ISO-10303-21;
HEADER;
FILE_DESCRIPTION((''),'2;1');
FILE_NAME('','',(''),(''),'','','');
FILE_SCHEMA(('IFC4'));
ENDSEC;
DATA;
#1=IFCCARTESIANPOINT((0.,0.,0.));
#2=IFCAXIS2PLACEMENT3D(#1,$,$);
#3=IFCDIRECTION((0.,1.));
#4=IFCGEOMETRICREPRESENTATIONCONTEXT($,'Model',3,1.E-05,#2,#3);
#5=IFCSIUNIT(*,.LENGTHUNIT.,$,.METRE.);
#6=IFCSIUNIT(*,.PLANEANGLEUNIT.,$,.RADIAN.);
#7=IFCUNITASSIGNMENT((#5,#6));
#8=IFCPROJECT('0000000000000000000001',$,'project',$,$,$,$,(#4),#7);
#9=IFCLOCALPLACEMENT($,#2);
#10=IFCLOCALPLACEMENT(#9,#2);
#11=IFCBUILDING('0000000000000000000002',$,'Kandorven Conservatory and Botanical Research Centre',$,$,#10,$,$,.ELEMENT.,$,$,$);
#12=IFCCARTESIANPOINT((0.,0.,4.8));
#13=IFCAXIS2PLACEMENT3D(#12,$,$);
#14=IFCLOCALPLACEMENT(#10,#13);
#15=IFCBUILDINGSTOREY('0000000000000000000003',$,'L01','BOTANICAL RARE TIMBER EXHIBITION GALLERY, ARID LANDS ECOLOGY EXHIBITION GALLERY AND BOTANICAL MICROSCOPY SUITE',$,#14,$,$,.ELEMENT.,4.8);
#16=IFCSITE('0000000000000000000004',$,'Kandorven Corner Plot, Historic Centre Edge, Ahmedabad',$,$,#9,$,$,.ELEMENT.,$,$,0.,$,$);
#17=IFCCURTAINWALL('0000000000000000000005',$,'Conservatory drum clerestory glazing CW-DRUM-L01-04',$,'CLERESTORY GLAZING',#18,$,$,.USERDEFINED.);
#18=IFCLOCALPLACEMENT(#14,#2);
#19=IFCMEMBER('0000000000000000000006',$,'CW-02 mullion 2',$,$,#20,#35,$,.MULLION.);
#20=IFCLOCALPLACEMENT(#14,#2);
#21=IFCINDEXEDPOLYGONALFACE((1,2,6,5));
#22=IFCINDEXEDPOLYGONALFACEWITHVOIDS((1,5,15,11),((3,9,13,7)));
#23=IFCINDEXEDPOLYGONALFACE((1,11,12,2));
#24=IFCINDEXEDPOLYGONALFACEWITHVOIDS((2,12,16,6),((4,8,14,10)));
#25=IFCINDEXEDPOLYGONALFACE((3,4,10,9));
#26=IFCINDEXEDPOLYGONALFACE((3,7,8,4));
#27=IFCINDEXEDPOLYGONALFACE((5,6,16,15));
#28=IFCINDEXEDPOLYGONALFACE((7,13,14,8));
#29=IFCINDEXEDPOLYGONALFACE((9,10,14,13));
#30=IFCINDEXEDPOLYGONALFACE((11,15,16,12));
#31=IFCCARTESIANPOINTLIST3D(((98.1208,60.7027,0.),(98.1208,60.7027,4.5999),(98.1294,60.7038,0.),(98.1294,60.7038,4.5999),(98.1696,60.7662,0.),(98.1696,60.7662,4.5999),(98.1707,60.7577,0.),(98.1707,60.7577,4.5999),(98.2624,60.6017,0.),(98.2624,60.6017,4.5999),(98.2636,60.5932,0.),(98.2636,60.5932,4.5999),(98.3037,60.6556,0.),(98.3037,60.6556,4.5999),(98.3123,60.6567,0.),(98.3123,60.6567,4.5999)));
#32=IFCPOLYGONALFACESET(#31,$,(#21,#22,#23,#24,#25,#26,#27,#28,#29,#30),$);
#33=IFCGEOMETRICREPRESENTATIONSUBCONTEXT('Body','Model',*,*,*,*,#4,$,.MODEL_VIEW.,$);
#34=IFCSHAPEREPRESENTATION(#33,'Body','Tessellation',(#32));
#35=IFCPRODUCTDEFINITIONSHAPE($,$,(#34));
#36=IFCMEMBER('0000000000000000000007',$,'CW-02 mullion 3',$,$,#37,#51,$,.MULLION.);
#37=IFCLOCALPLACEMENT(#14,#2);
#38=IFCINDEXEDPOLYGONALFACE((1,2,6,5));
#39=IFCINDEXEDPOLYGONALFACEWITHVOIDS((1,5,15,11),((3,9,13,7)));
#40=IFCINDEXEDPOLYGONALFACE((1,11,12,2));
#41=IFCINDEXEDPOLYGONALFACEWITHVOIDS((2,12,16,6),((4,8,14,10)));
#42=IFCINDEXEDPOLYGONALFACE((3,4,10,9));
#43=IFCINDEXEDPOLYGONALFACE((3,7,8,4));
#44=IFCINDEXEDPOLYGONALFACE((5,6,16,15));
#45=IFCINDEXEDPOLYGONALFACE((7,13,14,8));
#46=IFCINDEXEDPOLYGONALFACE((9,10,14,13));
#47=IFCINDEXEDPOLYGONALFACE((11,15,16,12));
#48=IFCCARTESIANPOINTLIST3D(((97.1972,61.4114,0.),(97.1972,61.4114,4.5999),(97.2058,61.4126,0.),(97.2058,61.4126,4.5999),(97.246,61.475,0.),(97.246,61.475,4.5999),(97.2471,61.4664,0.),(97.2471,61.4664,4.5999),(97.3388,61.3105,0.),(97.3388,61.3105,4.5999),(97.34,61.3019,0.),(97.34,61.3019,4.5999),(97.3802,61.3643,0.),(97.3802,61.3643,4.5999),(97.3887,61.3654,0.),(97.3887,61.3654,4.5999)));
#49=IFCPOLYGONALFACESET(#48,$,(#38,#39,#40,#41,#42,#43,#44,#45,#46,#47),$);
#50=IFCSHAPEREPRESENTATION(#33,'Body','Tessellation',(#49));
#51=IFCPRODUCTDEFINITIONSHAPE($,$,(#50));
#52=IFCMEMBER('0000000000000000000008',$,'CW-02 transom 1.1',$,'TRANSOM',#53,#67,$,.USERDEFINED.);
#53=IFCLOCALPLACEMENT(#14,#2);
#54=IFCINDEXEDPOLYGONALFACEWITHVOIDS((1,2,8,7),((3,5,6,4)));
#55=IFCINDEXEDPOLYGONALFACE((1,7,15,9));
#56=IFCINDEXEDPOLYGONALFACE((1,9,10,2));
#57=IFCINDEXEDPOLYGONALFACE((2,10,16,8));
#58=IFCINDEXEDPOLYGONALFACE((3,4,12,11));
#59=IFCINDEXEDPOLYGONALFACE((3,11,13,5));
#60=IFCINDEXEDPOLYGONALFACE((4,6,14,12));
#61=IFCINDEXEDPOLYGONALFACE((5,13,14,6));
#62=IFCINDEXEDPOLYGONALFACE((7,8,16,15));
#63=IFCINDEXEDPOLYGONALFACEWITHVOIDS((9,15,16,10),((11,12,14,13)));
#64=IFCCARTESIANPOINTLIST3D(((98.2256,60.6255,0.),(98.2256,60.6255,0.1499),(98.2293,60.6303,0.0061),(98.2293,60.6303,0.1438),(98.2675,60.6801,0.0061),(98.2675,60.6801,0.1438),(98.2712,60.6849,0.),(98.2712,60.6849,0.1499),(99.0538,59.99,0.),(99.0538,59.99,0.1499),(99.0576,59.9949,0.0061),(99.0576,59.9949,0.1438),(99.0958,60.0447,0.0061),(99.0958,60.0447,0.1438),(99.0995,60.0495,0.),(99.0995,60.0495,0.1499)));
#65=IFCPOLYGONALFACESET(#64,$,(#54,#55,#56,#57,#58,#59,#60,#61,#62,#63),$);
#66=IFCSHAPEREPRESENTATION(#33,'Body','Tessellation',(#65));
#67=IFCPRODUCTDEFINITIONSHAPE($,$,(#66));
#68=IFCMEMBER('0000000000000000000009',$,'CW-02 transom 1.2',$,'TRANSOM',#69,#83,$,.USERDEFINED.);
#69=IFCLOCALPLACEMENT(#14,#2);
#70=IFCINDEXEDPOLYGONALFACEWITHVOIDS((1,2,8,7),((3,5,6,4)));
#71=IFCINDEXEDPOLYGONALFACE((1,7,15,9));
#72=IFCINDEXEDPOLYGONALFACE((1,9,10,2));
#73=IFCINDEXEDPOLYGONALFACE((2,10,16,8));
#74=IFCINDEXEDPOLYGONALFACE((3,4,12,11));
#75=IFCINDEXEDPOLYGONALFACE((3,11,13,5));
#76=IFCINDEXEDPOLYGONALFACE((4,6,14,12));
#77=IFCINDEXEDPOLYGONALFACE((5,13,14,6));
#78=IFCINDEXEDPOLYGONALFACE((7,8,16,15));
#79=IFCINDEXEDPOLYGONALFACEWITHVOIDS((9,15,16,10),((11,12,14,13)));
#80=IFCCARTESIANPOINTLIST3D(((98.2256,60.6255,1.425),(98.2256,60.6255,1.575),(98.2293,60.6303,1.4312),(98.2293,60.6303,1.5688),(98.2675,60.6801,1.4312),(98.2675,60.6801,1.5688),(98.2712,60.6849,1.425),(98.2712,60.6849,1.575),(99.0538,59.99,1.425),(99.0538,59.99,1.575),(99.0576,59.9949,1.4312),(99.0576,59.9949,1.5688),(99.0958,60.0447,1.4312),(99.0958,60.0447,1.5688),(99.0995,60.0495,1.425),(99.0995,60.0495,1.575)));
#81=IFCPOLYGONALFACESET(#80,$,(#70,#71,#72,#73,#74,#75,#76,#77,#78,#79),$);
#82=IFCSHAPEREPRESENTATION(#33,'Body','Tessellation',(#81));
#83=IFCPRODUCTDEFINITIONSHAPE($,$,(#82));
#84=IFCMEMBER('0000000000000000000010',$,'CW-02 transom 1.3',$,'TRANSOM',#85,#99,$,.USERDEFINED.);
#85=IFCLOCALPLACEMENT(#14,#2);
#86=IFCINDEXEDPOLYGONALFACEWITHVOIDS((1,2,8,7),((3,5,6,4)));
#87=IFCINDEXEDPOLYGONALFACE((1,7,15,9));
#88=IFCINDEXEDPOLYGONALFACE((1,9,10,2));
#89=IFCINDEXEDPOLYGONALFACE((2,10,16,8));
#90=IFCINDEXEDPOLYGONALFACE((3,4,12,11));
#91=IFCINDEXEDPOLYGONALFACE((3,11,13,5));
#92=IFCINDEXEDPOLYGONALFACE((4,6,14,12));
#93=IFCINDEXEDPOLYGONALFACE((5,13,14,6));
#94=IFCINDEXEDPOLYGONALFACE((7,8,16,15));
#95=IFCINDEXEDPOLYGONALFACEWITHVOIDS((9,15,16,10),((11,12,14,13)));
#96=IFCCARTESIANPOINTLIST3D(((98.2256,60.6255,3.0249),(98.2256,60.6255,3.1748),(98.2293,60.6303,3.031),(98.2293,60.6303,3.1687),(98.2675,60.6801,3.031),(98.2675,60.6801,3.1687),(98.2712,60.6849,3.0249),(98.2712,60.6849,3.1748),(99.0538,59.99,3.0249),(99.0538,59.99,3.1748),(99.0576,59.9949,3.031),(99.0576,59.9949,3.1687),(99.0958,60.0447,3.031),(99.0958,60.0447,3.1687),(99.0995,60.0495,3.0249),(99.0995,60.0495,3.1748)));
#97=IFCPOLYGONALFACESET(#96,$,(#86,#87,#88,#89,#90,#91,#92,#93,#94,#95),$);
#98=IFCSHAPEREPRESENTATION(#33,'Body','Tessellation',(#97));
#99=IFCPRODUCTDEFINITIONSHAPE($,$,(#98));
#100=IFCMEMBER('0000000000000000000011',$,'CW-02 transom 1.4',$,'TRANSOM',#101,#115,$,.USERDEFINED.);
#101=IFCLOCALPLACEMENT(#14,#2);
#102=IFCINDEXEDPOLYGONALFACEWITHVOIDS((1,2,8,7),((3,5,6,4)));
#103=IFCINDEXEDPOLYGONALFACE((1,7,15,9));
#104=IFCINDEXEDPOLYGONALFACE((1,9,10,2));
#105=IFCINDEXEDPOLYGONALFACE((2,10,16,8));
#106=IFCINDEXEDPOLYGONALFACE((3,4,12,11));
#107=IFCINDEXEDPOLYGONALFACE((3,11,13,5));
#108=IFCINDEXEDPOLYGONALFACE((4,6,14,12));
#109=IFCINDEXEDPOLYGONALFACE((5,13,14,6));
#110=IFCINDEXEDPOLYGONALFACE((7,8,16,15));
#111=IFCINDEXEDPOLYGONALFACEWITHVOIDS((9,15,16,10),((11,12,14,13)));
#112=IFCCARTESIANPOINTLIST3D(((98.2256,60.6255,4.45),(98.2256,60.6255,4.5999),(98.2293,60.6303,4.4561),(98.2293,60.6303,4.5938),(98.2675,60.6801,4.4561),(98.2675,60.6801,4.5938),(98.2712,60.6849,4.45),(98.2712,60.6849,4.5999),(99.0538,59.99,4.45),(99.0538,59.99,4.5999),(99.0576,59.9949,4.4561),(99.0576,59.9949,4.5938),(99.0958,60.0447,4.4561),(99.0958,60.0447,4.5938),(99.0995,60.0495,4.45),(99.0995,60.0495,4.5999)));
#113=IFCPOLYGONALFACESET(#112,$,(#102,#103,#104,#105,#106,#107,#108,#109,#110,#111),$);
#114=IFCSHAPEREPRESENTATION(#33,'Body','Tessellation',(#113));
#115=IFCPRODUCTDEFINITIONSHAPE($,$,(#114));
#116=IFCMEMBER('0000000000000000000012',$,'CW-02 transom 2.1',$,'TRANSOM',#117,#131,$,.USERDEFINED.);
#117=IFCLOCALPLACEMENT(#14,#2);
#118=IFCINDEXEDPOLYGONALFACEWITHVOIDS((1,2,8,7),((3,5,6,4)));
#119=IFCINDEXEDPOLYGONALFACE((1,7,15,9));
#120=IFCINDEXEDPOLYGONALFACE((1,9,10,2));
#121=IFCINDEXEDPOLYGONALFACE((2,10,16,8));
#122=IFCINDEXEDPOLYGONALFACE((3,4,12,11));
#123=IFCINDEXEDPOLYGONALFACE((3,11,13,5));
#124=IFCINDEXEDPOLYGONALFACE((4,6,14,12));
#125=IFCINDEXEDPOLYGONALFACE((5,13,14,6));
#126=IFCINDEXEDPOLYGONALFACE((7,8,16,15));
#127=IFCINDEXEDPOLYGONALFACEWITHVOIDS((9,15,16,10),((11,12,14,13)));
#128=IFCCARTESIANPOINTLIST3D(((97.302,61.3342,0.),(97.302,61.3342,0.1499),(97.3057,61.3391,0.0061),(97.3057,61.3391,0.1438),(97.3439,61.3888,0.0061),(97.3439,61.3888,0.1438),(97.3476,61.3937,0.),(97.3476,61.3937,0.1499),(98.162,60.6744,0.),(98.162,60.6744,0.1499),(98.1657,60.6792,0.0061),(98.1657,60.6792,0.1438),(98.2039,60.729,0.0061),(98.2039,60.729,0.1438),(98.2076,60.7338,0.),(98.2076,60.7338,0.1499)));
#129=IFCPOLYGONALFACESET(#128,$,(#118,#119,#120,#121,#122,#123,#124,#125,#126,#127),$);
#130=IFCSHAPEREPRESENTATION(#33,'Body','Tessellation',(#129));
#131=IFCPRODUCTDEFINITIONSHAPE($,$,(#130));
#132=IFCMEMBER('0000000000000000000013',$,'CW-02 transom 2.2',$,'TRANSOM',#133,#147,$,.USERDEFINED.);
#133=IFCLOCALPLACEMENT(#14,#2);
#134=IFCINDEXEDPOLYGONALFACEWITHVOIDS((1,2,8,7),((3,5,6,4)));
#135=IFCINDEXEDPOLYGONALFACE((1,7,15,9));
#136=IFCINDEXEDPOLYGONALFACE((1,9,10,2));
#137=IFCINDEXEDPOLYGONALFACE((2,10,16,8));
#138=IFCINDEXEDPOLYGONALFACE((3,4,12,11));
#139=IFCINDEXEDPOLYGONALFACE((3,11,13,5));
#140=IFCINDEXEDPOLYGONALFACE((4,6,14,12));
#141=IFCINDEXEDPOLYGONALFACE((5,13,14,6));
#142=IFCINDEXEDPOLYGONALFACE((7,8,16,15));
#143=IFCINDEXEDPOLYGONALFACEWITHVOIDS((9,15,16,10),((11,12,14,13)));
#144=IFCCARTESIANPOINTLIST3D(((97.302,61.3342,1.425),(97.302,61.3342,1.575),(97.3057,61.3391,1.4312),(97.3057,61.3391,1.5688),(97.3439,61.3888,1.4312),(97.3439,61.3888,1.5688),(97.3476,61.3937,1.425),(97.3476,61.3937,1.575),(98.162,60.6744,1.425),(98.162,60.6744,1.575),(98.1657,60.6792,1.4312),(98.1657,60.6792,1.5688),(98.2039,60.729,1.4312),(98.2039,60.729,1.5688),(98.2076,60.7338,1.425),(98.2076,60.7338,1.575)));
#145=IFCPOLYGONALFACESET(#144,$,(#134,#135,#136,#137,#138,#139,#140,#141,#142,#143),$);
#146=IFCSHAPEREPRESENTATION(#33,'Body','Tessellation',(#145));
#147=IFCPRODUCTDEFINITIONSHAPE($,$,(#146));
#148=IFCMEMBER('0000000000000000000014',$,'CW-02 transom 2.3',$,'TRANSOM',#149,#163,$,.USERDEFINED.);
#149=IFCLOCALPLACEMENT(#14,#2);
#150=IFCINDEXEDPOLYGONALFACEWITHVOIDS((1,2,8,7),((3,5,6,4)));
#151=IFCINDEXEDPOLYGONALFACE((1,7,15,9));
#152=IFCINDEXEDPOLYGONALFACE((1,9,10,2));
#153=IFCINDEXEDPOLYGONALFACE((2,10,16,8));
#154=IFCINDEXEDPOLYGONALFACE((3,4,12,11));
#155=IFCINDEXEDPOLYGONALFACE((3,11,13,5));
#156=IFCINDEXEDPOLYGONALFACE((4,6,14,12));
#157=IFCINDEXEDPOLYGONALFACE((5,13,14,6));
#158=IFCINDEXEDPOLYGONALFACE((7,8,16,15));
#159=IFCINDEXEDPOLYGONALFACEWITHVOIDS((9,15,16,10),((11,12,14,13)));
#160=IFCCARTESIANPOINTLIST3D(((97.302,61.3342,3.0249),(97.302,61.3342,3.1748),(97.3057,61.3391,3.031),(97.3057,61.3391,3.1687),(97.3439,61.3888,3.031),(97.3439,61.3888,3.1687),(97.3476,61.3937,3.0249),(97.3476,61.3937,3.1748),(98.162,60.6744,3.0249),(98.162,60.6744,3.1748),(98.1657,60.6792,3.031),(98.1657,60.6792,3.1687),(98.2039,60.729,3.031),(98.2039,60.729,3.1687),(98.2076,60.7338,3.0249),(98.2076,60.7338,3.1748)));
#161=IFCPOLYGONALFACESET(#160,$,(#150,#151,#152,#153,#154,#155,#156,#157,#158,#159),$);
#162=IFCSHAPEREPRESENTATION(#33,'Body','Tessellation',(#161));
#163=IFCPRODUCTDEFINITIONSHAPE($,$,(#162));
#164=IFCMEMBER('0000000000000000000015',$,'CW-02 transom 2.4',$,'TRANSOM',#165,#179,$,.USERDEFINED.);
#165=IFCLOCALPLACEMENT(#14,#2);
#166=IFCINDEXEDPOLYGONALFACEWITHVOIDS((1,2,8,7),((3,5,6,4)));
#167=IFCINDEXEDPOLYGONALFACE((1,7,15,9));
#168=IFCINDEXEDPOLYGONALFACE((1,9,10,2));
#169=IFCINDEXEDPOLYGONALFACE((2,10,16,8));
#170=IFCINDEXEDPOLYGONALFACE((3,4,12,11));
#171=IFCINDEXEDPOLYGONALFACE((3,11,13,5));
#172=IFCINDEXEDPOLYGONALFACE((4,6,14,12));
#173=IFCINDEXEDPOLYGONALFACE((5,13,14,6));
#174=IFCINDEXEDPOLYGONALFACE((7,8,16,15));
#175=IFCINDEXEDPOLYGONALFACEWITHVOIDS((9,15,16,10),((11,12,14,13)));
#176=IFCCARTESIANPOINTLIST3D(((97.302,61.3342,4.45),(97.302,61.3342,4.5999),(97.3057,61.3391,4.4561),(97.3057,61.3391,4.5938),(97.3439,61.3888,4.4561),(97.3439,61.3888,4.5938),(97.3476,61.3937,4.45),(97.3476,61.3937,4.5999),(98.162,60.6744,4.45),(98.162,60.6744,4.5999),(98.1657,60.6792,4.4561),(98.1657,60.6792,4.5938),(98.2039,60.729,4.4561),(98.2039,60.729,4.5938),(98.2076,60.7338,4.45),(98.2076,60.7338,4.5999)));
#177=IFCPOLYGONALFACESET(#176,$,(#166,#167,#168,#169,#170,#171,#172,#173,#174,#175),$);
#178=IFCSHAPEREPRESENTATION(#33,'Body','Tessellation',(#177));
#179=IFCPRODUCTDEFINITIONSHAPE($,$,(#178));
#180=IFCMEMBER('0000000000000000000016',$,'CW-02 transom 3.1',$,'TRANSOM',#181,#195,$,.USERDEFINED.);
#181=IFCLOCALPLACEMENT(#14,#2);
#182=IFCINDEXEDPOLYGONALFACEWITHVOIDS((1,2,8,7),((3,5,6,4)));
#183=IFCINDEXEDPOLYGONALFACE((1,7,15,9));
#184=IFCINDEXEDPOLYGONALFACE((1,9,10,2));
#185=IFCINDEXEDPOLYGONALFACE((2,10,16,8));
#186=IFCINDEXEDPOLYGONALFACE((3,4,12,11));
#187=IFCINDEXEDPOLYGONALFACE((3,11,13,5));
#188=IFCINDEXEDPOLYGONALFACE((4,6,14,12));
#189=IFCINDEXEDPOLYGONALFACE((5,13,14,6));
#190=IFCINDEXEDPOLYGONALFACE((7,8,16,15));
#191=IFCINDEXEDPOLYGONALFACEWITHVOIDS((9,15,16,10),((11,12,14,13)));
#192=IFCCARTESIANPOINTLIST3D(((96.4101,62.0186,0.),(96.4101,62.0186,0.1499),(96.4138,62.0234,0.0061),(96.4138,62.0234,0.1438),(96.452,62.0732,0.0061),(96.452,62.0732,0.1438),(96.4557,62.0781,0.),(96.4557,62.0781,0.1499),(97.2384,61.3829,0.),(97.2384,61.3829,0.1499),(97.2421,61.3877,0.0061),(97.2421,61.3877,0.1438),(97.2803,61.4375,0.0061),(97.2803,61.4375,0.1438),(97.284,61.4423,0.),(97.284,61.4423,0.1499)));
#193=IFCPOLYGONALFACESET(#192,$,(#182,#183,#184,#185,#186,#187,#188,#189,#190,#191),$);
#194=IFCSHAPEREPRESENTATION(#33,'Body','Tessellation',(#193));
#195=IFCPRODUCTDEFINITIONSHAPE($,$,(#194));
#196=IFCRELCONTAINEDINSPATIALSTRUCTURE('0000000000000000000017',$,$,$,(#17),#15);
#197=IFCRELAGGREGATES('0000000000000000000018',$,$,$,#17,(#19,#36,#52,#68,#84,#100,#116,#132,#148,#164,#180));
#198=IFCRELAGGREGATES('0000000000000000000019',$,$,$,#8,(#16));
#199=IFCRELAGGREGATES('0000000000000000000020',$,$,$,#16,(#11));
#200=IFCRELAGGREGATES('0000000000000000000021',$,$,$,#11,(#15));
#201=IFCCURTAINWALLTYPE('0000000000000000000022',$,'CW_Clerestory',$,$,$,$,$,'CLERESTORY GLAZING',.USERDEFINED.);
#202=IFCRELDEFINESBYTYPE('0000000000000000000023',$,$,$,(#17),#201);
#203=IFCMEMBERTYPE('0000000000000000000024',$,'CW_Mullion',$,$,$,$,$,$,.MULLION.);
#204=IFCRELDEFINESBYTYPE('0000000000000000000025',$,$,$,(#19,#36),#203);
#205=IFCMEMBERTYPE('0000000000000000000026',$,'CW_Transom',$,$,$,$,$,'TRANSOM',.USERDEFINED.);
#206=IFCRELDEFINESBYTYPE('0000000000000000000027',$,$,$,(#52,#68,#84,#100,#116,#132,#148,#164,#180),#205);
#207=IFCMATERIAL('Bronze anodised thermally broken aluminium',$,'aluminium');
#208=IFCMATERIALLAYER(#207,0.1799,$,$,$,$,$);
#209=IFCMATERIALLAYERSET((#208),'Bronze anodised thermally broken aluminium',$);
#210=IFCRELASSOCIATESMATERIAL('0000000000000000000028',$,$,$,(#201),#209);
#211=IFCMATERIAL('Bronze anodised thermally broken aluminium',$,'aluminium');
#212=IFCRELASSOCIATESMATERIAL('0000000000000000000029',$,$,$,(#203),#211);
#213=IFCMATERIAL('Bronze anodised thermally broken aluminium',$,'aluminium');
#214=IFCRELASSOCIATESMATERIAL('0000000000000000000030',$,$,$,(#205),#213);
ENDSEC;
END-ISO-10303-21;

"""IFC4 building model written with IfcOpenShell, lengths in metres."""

from ifc_helpers import new_model, si_unit, direction, frame, origin, origin_2d, place, context, subcontext, project, spatial, hollow_rectangle, extrude, material, layer, layer_set, material_profile, profile_set, type_object, element, aggregate, save


model = new_model("IFC4")

# Units and contexts
model_context = context("Model", 3, precision=1e-05, world=origin(), true_north=direction((0.0, 1.0)))
body_context = subcontext(model_context, "Body", "Model", "MODEL_VIEW")
ifc_project = project(units=[si_unit("LENGTHUNIT", "METRE"), si_unit("PLANEANGLEUNIT", "RADIAN")], contexts=[model_context])

# Site, building, storey
site_placement = place(None, origin())
site = spatial("IfcSite", under=ifc_project, at=site_placement, Name="Kandorven Corner Plot, Historic Centre Edge, Ahmedabad", CompositionType="ELEMENT", RefElevation=0.0)
building_placement = place(site_placement, origin())
building = spatial("IfcBuilding", under=site, at=building_placement, Name="Kandorven Conservatory and Botanical Research Centre", CompositionType="ELEMENT")
storey_placement = place(building_placement, frame((0.0, 0.0, 4.8)))
storey = spatial("IfcBuildingStorey", under=building, at=storey_placement, Name="L01", Description="BOTANICAL RARE TIMBER EXHIBITION GALLERY, ARID LANDS ECOLOGY EXHIBITION GALLERY AND BOTANICAL MICROSCOPY SUITE", CompositionType="ELEMENT", Elevation=4.8)

# Curtain wall, members
ifc_material_1 = material(Name="Bronze anodised thermally broken aluminium", Category="aluminium")
ifc_layer_1 = layer(ifc_material_1, 0.1799)
ifc_layer_set_1 = layer_set([ifc_layer_1], Name="Bronze anodised thermally broken aluminium")
curtain_wall_type = type_object("IfcCurtainWallType", Name="CW_Clerestory", ElementType="CLERESTORY GLAZING", PredefinedType="USERDEFINED", material=ifc_layer_set_1)
curtain_wall_placement = place(storey_placement, origin())
curtain_wall = element("IfcCurtainWall", 1, at=curtain_wall_placement, inside=storey, type_object=curtain_wall_type, Name="Conservatory drum clerestory glazing CW-DRUM-L01-04", ObjectType="CLERESTORY GLAZING", PredefinedType="USERDEFINED")
ifc_material_2 = material(Name="Bronze anodised thermally broken aluminium", Category="aluminium")
ifc_material_profile_1 = material_profile(ifc_material_2, hollow_rectangle(XDim=0.0801, YDim=0.1799, WallThickness=0.0061, at=origin_2d()))
ifc_profile_set_1 = profile_set([ifc_material_profile_1], Name="Bronze anodised thermally broken aluminium")
member_type_1 = type_object("IfcMemberType", Name="CW_Mullion", PredefinedType="MULLION", material=ifc_profile_set_1)
member_1_placement = place(storey_placement, frame((98.2166, 60.6797, 0.0), z_axis=(0.0, 0.0, 1.0), x_axis=(-0.608769, -0.793347, 0.0)))
member_1 = element("IfcMember", 2, at=member_1_placement, type_object=member_type_1, Name="CW-02 mullion 2", PredefinedType="MULLION", context=body_context, shape_type="SweptSolid", body=[
    extrude(hollow_rectangle(XDim=0.0801, YDim=0.1799, WallThickness=0.0061, at=origin_2d()), origin(), (0.0, 0.0, 1.0), 4.5999),
])
member_2_placement = place(storey_placement, frame((97.293, 61.3884, 0.0), z_axis=(0.0, 0.0, 1.0), x_axis=(-0.608769, -0.793347, 0.0)))
member_2 = element("IfcMember", 3, at=member_2_placement, type_object=member_type_1, Name="CW-02 mullion 3", PredefinedType="MULLION", context=body_context, shape_type="SweptSolid", body=[
    extrude(hollow_rectangle(XDim=0.0801, YDim=0.1799, WallThickness=0.0061, at=origin_2d()), origin(), (0.0, 0.0, 1.0), 4.5999),
])
ifc_material_3 = material(Name="Bronze anodised thermally broken aluminium", Category="aluminium")
ifc_material_profile_2 = material_profile(ifc_material_3, hollow_rectangle(XDim=0.075, YDim=0.1499, WallThickness=0.0061, at=origin_2d()))
ifc_profile_set_2 = profile_set([ifc_material_profile_2], Name="Bronze anodised thermally broken aluminium")
member_type_2 = type_object("IfcMemberType", Name="CW_Transom", ElementType="TRANSOM", PredefinedType="USERDEFINED", material=ifc_profile_set_2)
member_3_placement = place(storey_placement, frame((99.0767, 60.0198, 0.075), z_axis=(-0.793414, 0.608682, 0.0), x_axis=(-0.608682, -0.793414, 0.0)))
member_3 = element("IfcMember", 4, at=member_3_placement, type_object=member_type_2, Name="CW-02 transom 1.1", ObjectType="TRANSOM", PredefinedType="USERDEFINED", context=body_context, shape_type="SweptSolid", body=[
    extrude(hollow_rectangle(XDim=0.075, YDim=0.1499, WallThickness=0.0061, at=origin_2d()), origin(), (0.0, 0.0, 1.0), 1.0439),
])
member_4_placement = place(storey_placement, frame((99.0767, 60.0198, 1.5), z_axis=(-0.793414, 0.608682, 0.0), x_axis=(-0.608682, -0.793414, 0.0)))
member_4 = element("IfcMember", 5, at=member_4_placement, type_object=member_type_2, Name="CW-02 transom 1.2", ObjectType="TRANSOM", PredefinedType="USERDEFINED", context=body_context, shape_type="SweptSolid", body=[
    extrude(hollow_rectangle(XDim=0.075, YDim=0.1499, WallThickness=0.0061, at=origin_2d()), origin(), (0.0, 0.0, 1.0), 1.0439),
])
member_5_placement = place(storey_placement, frame((99.0767, 60.0198, 3.0999), z_axis=(-0.793414, 0.608682, 0.0), x_axis=(-0.608682, -0.793414, 0.0)))
member_5 = element("IfcMember", 6, at=member_5_placement, type_object=member_type_2, Name="CW-02 transom 1.3", ObjectType="TRANSOM", PredefinedType="USERDEFINED", context=body_context, shape_type="SweptSolid", body=[
    extrude(hollow_rectangle(XDim=0.075, YDim=0.1499, WallThickness=0.0061, at=origin_2d()), origin(), (0.0, 0.0, 1.0), 1.0439),
])
member_6_placement = place(storey_placement, frame((99.0767, 60.0198, 4.5249), z_axis=(-0.793414, 0.608682, 0.0), x_axis=(-0.608682, -0.793414, 0.0)))
member_6 = element("IfcMember", 7, at=member_6_placement, type_object=member_type_2, Name="CW-02 transom 1.4", ObjectType="TRANSOM", PredefinedType="USERDEFINED", context=body_context, shape_type="SweptSolid", body=[
    extrude(hollow_rectangle(XDim=0.075, YDim=0.1499, WallThickness=0.0061, at=origin_2d()), origin(), (0.0, 0.0, 1.0), 1.0439),
])
member_7_placement = place(storey_placement, frame((98.1848, 60.7041, 0.075), z_axis=(-0.793385, 0.60872, 0.0), x_axis=(-0.60872, -0.793385, 0.0)))
member_7 = element("IfcMember", 8, at=member_7_placement, type_object=member_type_2, Name="CW-02 transom 2.1", ObjectType="TRANSOM", PredefinedType="USERDEFINED", context=body_context, shape_type="SweptSolid", body=[
    extrude(hollow_rectangle(XDim=0.075, YDim=0.1499, WallThickness=0.0061, at=origin_2d()), origin(), (0.0, 0.0, 1.0), 1.084),
])
member_8_placement = place(storey_placement, frame((98.1848, 60.7041, 1.5), z_axis=(-0.793385, 0.60872, 0.0), x_axis=(-0.60872, -0.793385, 0.0)))
member_8 = element("IfcMember", 9, at=member_8_placement, type_object=member_type_2, Name="CW-02 transom 2.2", ObjectType="TRANSOM", PredefinedType="USERDEFINED", context=body_context, shape_type="SweptSolid", body=[
    extrude(hollow_rectangle(XDim=0.075, YDim=0.1499, WallThickness=0.0061, at=origin_2d()), origin(), (0.0, 0.0, 1.0), 1.084),
])
member_9_placement = place(storey_placement, frame((98.1848, 60.7041, 3.0999), z_axis=(-0.793385, 0.60872, 0.0), x_axis=(-0.60872, -0.793385, 0.0)))
member_9 = element("IfcMember", 10, at=member_9_placement, type_object=member_type_2, Name="CW-02 transom 2.3", ObjectType="TRANSOM", PredefinedType="USERDEFINED", context=body_context, shape_type="SweptSolid", body=[
    extrude(hollow_rectangle(XDim=0.075, YDim=0.1499, WallThickness=0.0061, at=origin_2d()), origin(), (0.0, 0.0, 1.0), 1.084),
])
member_10_placement = place(storey_placement, frame((98.1848, 60.7041, 4.5249), z_axis=(-0.793385, 0.60872, 0.0), x_axis=(-0.60872, -0.793385, 0.0)))
member_10 = element("IfcMember", 11, at=member_10_placement, type_object=member_type_2, Name="CW-02 transom 2.4", ObjectType="TRANSOM", PredefinedType="USERDEFINED", context=body_context, shape_type="SweptSolid", body=[
    extrude(hollow_rectangle(XDim=0.075, YDim=0.1499, WallThickness=0.0061, at=origin_2d()), origin(), (0.0, 0.0, 1.0), 1.084),
])
member_11_placement = place(storey_placement, frame((97.2612, 61.4126, 0.075), z_axis=(-0.793301, 0.608829, 0.0), x_axis=(-0.608829, -0.793301, 0.0)))
member_11 = element("IfcMember", 12, at=member_11_placement, type_object=member_type_2, Name="CW-02 transom 3.1", ObjectType="TRANSOM", PredefinedType="USERDEFINED", context=body_context, shape_type="SweptSolid", body=[
    extrude(hollow_rectangle(XDim=0.075, YDim=0.1499, WallThickness=0.0061, at=origin_2d()), origin(), (0.0, 0.0, 1.0), 1.0442),
])
aggregate(curtain_wall, [member_1, member_2, member_3, member_4, member_5, member_6, member_7, member_8, member_9, member_10, member_11])

save(model, "model.ifc")
